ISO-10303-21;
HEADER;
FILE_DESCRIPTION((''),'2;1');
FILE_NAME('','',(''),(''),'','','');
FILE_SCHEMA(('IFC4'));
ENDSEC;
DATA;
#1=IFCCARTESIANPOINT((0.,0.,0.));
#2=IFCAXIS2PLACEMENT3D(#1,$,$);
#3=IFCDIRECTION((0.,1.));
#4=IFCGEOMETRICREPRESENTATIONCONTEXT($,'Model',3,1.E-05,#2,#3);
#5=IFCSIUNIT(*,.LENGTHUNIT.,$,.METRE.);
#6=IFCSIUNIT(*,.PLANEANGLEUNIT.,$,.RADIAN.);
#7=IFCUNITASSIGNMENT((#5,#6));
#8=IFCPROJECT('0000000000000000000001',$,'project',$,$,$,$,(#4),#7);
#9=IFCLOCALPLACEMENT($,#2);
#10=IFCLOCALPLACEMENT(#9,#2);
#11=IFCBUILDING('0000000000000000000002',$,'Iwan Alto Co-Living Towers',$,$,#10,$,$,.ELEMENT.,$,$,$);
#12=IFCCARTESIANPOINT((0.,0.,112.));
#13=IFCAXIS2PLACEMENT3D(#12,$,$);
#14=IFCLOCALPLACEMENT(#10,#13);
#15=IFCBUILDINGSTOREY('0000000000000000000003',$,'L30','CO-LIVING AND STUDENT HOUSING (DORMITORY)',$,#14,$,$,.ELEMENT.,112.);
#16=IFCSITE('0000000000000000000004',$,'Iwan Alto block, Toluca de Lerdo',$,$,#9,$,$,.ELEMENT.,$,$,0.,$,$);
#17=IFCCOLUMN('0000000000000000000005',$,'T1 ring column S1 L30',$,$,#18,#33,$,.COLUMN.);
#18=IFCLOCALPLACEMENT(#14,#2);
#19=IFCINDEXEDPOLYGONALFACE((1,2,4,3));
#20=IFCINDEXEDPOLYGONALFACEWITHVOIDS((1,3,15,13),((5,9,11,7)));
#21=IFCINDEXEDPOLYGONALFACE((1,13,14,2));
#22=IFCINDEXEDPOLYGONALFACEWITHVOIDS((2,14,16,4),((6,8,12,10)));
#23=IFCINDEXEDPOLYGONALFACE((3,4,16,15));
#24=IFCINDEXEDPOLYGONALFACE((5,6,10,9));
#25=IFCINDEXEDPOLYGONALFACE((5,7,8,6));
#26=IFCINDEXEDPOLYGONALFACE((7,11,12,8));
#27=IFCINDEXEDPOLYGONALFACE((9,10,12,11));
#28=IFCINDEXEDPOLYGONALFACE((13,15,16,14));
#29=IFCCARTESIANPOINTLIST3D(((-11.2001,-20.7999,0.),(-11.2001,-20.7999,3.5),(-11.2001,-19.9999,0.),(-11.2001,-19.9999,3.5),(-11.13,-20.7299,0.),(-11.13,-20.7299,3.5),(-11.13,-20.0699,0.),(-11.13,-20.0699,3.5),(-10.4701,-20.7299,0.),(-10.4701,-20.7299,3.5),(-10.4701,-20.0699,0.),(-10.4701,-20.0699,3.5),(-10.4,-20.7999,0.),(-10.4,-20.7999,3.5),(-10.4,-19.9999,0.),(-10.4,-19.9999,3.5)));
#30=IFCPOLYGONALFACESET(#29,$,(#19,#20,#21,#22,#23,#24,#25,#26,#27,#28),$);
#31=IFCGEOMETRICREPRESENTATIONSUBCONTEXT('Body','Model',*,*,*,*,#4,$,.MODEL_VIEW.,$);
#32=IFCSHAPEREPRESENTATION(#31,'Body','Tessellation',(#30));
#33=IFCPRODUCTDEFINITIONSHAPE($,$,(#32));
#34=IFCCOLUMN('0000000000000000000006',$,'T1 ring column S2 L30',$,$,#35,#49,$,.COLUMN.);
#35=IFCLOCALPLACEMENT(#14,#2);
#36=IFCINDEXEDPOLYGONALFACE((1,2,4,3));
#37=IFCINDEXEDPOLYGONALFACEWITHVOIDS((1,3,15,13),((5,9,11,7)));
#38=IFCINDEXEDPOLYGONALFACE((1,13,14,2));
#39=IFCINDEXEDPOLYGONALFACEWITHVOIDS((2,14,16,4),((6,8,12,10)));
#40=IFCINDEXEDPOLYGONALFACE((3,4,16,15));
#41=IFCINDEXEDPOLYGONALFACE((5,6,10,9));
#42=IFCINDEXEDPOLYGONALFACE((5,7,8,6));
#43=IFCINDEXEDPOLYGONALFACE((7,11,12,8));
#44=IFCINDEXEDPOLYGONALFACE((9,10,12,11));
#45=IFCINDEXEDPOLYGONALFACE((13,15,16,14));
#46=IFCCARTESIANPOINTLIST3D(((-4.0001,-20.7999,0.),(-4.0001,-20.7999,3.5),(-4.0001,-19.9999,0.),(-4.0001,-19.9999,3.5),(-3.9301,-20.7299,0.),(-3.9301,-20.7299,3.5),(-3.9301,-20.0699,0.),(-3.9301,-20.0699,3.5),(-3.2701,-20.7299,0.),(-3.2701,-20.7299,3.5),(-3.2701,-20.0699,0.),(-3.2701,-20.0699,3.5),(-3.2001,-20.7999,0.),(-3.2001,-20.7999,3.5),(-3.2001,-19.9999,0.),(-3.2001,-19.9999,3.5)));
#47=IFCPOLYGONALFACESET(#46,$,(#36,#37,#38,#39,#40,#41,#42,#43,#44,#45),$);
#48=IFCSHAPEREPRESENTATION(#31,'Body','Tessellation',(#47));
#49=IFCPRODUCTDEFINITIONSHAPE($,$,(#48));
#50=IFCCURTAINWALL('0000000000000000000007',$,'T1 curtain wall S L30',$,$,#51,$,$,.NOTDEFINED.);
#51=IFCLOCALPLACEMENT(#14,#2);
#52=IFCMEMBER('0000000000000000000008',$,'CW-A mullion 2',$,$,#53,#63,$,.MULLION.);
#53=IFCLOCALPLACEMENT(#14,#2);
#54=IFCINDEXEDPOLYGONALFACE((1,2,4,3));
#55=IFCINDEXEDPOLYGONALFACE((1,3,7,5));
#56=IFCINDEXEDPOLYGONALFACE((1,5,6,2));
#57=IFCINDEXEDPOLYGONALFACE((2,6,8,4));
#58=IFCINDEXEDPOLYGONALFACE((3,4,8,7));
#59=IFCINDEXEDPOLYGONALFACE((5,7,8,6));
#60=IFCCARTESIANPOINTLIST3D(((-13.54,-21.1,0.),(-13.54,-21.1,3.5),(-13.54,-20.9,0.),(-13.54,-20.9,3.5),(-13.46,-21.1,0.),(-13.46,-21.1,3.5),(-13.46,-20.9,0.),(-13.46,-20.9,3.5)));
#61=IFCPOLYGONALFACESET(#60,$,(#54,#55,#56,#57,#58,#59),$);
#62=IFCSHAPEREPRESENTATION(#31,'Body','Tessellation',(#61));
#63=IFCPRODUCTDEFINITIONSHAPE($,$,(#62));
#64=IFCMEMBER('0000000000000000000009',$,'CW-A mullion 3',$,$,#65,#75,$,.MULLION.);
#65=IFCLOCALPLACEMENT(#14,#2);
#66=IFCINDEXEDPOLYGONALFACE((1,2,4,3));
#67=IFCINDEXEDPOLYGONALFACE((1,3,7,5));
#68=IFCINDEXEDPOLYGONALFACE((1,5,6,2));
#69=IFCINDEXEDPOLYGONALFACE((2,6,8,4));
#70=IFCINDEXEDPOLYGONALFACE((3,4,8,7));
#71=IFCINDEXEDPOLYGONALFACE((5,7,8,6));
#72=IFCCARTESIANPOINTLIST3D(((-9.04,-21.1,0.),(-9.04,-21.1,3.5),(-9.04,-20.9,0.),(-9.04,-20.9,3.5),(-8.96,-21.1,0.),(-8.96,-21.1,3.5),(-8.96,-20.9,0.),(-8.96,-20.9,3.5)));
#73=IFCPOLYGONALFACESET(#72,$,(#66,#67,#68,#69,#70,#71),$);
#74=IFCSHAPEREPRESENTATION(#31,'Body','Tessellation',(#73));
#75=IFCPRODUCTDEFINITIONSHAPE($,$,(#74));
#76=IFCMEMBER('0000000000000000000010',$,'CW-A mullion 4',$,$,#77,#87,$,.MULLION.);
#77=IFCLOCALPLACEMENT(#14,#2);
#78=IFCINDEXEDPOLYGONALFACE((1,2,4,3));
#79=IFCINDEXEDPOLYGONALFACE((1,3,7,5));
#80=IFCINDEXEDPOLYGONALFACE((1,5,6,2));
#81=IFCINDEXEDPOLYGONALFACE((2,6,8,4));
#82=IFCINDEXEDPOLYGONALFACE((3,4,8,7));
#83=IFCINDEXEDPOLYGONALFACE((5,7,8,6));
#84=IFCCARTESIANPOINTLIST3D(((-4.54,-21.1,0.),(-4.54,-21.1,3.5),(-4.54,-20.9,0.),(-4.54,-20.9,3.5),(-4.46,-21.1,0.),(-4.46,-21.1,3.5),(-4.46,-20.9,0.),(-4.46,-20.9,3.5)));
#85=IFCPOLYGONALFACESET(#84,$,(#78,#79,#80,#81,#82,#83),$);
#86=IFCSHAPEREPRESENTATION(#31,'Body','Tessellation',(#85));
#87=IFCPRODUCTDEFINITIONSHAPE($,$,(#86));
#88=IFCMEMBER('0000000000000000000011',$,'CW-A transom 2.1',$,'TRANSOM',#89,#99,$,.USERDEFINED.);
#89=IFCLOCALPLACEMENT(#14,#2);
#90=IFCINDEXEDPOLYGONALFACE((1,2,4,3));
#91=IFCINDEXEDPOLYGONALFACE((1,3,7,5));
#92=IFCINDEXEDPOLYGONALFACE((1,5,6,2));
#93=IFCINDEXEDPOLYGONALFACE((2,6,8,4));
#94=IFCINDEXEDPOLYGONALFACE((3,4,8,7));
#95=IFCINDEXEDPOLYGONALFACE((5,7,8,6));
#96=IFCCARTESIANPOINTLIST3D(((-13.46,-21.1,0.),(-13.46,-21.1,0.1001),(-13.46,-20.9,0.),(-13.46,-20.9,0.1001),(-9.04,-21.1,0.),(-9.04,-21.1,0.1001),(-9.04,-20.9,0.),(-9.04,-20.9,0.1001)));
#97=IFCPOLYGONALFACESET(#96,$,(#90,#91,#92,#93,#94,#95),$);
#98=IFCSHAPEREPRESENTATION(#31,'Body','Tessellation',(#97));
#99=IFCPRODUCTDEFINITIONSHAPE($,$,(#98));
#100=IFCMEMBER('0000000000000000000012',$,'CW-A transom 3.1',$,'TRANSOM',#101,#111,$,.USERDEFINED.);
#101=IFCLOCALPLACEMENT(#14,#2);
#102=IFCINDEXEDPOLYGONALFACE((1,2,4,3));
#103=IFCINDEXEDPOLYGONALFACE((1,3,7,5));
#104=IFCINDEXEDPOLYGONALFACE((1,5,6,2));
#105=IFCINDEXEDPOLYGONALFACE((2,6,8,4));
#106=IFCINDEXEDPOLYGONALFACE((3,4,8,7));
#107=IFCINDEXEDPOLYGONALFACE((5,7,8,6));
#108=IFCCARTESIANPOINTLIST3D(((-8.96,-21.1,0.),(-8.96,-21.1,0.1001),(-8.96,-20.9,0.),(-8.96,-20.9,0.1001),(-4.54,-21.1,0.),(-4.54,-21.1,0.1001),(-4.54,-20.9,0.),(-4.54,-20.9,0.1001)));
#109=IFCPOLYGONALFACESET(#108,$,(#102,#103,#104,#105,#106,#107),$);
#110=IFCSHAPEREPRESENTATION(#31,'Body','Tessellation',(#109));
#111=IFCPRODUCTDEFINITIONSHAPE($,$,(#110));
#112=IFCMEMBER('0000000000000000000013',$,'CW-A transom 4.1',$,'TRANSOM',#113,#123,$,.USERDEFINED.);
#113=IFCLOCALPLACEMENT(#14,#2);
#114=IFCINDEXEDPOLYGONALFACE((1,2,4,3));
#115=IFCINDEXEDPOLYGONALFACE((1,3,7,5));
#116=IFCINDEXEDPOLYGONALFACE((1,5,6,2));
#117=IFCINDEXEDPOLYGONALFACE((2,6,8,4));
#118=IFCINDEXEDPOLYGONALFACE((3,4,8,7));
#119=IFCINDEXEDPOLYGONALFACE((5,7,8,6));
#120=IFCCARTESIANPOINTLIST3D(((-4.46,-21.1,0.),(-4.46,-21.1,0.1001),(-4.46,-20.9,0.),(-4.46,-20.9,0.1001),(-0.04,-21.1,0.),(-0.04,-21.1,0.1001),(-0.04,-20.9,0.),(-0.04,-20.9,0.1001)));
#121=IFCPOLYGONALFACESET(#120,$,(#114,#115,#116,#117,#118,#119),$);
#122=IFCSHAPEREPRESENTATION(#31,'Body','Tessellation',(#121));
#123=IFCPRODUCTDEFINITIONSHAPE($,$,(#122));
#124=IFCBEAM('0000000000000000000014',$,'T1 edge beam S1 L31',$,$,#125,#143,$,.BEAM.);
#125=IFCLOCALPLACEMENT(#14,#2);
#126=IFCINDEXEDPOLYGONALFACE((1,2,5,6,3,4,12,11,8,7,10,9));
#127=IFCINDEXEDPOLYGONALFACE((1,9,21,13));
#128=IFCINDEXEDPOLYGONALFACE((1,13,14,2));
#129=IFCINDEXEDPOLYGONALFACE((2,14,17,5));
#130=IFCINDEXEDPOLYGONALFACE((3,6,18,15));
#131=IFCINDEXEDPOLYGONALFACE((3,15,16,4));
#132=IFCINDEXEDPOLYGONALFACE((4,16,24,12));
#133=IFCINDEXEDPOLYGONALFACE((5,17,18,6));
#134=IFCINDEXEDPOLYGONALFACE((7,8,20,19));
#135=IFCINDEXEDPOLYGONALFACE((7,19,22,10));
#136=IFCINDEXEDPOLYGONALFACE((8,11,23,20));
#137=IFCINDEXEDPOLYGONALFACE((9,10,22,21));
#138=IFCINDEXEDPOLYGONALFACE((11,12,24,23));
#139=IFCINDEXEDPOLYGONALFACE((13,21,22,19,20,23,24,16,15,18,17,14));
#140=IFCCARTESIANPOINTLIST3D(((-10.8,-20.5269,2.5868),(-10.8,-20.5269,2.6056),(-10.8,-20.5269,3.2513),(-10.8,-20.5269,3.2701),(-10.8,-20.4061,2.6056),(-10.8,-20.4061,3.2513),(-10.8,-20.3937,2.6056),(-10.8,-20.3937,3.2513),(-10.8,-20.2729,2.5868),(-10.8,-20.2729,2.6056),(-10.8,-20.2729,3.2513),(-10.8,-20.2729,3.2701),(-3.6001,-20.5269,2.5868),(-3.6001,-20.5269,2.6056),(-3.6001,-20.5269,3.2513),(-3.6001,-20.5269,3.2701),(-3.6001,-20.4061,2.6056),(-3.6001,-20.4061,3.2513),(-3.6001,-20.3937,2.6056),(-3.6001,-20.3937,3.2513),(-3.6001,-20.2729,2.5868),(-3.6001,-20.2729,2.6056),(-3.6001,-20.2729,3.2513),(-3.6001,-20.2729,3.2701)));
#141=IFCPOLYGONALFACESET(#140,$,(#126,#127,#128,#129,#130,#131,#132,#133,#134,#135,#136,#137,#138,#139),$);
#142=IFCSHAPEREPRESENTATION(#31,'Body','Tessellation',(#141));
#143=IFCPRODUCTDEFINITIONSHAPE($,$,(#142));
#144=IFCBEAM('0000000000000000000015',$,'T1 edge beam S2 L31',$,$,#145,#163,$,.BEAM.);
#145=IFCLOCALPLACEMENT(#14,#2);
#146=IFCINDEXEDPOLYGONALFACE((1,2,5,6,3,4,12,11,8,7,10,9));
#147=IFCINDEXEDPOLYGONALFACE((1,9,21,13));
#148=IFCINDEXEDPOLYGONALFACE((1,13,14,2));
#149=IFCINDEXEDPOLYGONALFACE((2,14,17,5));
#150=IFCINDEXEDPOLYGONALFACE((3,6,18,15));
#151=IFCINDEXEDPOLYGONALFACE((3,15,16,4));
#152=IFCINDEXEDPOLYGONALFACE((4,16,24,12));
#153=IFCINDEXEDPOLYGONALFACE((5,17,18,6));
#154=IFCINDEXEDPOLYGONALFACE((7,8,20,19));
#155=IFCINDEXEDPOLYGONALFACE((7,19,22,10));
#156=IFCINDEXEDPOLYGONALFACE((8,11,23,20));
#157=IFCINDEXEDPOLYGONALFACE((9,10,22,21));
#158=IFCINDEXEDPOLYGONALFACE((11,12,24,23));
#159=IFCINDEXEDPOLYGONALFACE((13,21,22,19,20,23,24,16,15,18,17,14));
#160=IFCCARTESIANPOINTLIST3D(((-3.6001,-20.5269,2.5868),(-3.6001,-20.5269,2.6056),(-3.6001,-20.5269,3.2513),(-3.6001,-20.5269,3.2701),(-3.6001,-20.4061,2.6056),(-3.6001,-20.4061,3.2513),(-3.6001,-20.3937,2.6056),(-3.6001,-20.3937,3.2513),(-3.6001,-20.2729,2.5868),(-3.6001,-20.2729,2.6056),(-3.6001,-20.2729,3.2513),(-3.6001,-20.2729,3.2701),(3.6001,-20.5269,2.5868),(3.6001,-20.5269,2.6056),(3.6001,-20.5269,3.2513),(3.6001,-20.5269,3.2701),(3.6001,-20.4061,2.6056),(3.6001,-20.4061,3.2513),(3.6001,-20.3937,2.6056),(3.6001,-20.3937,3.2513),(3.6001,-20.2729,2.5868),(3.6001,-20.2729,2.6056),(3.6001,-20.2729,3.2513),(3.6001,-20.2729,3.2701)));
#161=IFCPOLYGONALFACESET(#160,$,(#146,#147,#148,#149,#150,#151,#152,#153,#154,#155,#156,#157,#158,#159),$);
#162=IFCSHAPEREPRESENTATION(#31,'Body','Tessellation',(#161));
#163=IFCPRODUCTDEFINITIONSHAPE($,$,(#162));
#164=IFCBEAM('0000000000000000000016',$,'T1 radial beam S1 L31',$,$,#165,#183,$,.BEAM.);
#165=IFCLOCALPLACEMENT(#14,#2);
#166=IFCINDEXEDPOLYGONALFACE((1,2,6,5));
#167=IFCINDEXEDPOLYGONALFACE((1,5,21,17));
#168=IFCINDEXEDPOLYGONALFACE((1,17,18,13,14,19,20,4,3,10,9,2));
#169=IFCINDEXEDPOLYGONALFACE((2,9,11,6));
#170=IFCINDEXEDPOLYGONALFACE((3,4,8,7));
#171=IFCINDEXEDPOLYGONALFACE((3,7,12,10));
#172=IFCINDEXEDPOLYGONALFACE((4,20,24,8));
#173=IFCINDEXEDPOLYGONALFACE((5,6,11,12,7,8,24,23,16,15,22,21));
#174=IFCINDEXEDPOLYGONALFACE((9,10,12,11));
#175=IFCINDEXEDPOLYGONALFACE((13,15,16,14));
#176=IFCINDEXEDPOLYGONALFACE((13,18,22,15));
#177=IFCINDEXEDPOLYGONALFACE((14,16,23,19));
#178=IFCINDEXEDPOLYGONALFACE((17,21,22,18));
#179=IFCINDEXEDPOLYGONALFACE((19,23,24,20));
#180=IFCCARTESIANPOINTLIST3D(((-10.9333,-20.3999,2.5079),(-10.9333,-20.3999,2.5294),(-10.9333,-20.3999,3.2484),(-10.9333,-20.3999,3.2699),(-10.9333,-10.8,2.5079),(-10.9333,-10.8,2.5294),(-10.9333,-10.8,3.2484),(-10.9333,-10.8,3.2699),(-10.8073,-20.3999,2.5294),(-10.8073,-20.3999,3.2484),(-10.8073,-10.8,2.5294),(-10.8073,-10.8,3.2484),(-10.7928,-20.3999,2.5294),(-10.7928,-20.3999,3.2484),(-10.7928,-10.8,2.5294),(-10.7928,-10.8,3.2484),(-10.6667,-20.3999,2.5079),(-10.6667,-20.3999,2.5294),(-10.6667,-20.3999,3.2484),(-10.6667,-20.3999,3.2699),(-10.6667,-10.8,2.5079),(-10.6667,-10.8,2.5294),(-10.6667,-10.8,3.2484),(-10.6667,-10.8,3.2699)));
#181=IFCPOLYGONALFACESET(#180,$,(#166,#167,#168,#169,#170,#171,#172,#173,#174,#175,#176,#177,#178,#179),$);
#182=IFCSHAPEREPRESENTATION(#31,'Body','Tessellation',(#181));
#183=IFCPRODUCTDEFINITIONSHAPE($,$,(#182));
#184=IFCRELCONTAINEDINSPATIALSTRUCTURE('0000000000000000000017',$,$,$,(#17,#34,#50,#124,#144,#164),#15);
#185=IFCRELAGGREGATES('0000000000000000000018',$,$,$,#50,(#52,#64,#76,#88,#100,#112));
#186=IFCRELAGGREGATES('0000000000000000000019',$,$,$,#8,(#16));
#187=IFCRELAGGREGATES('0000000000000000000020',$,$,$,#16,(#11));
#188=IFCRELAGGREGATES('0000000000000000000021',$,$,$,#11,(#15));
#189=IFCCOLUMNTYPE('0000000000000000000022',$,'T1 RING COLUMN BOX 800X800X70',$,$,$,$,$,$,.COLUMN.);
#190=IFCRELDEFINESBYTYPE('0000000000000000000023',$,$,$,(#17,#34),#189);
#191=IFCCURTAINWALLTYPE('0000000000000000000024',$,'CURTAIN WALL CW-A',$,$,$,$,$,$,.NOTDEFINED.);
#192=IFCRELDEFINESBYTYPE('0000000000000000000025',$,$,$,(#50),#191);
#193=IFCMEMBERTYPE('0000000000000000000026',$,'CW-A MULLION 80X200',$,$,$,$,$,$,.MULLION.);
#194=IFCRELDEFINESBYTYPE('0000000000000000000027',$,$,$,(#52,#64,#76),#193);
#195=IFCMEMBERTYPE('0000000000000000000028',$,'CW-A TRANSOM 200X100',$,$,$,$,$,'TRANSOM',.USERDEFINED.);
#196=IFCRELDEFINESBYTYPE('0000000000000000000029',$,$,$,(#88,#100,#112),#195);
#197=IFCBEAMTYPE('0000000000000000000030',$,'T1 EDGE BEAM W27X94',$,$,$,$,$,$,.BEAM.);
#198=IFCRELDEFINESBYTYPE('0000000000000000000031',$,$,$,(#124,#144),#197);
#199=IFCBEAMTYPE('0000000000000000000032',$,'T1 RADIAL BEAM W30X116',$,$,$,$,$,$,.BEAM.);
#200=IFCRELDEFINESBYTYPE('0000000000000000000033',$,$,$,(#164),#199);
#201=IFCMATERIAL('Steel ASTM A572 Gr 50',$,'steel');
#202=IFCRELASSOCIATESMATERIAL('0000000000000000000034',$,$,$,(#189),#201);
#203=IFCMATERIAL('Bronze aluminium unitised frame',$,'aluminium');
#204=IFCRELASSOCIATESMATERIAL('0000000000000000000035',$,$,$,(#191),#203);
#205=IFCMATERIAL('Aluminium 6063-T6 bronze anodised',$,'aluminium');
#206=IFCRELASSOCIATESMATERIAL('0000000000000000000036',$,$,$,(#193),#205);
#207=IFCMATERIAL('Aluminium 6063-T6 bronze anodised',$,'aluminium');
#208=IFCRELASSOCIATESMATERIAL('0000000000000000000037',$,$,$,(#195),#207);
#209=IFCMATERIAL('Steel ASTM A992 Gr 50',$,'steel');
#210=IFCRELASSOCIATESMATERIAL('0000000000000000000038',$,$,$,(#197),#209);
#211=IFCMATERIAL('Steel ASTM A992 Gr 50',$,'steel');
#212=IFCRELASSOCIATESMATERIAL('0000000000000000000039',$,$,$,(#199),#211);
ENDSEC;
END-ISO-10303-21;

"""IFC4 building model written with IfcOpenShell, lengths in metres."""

from ifc_helpers import new_model, si_unit, direction, frame, origin, origin_2d, place, context, subcontext, project, spatial, rectangle, hollow_rectangle, i_section, extrude, material, material_profile, profile_set, type_object, element, aggregate, save


model = new_model("IFC4")

# Units and contexts
model_context = context("Model", 3, precision=1e-05, world=origin(), true_north=direction((0.0, 1.0)))
body_context = subcontext(model_context, "Body", "Model", "MODEL_VIEW")
ifc_project = project(units=[si_unit("LENGTHUNIT", "METRE"), si_unit("PLANEANGLEUNIT", "RADIAN")], contexts=[model_context])

# Site, building, storey
site_placement = place(None, origin())
site = spatial("IfcSite", under=ifc_project, at=site_placement, Name="Iwan Alto block, Toluca de Lerdo", CompositionType="ELEMENT", RefElevation=0.0)
building_placement = place(site_placement, origin())
building = spatial("IfcBuilding", under=site, at=building_placement, Name="Iwan Alto Co-Living Towers", CompositionType="ELEMENT")
storey_placement = place(building_placement, frame((0.0, 0.0, 112.0)))
storey = spatial("IfcBuildingStorey", under=building, at=storey_placement, Name="L30", Description="CO-LIVING AND STUDENT HOUSING (DORMITORY)", CompositionType="ELEMENT", Elevation=112.0)

# Columns
ifc_material_1 = material(Name="Steel ASTM A572 Gr 50", Category="steel")
ifc_material_profile_1 = material_profile(ifc_material_1, hollow_rectangle(XDim=0.8, YDim=0.8, WallThickness=0.0701, at=origin_2d()), Name="BOX 800X800X70")
ifc_profile_set_1 = profile_set([ifc_material_profile_1], Name="Steel ASTM A572 Gr 50")
column_type = type_object("IfcColumnType", Name="T1 RING COLUMN BOX 800X800X70", PredefinedType="COLUMN", material=ifc_profile_set_1)
for number, where, z_axis, x_axis, name in (
    (1, (-10.8, -20.3999, 0.0), (0.0, 0.0, 1.0), (1.0, 0.0, 0.0), "T1 ring column S1 L30"),
    (2, (-3.6001, -20.3999, 0.0), (0.0, 0.0, 1.0), (1.0, 0.0, 0.0), "T1 ring column S2 L30"),
):
    element("IfcColumn", number, at=place(storey_placement, frame(where, z_axis=z_axis, x_axis=x_axis)), inside=storey, type_object=column_type, Name=name, PredefinedType="COLUMN", context=body_context, shape_type="SweptSolid", body=[
        extrude(hollow_rectangle(XDim=0.8, YDim=0.8, WallThickness=0.0701, at=origin_2d()), origin(), (0.0, 0.0, 1.0), 3.5),
    ])

# Curtain wall, members
ifc_material_2 = material(Name="Bronze aluminium unitised frame", Category="aluminium")
curtain_wall_type = type_object("IfcCurtainWallType", Name="CURTAIN WALL CW-A", PredefinedType="NOTDEFINED", material=ifc_material_2)
curtain_wall_placement = place(storey_placement, origin())
curtain_wall = element("IfcCurtainWall", 3, at=curtain_wall_placement, inside=storey, type_object=curtain_wall_type, Name="T1 curtain wall S L30", PredefinedType="NOTDEFINED")
ifc_material_3 = material(Name="Aluminium 6063-T6 bronze anodised", Category="aluminium")
ifc_material_profile_2 = material_profile(ifc_material_3, rectangle(XDim=0.2, YDim=0.0801, at=origin_2d()), Name="AL 80X200")
ifc_profile_set_2 = profile_set([ifc_material_profile_2], Name="Aluminium 6063-T6 bronze anodised")
member_type_1 = type_object("IfcMemberType", Name="CW-A MULLION 80X200", PredefinedType="MULLION", material=ifc_profile_set_2)
member_1_placement = place(storey_placement, frame((-13.5, -21.0, 0.0), z_axis=(0.0, 0.0, 1.0), x_axis=(0.0, 1.0, 0.0)))
member_1 = element("IfcMember", 4, at=member_1_placement, type_object=member_type_1, Name="CW-A mullion 2", PredefinedType="MULLION", context=body_context, shape_type="SweptSolid", body=[
    extrude(rectangle(XDim=0.2, YDim=0.0801, at=origin_2d()), origin(), (0.0, 0.0, 1.0), 3.5),
])
member_2_placement = place(storey_placement, frame((-9.0, -21.0, 0.0), z_axis=(0.0, 0.0, 1.0), x_axis=(0.0, 1.0, 0.0)))
member_2 = element("IfcMember", 5, at=member_2_placement, type_object=member_type_1, Name="CW-A mullion 3", PredefinedType="MULLION", context=body_context, shape_type="SweptSolid", body=[
    extrude(rectangle(XDim=0.2, YDim=0.0801, at=origin_2d()), origin(), (0.0, 0.0, 1.0), 3.5),
])
member_3_placement = place(storey_placement, frame((-4.5, -21.0, 0.0), z_axis=(0.0, 0.0, 1.0), x_axis=(0.0, 1.0, 0.0)))
member_3 = element("IfcMember", 6, at=member_3_placement, type_object=member_type_1, Name="CW-A mullion 4", PredefinedType="MULLION", context=body_context, shape_type="SweptSolid", body=[
    extrude(rectangle(XDim=0.2, YDim=0.0801, at=origin_2d()), origin(), (0.0, 0.0, 1.0), 3.5),
])
ifc_material_4 = material(Name="Aluminium 6063-T6 bronze anodised", Category="aluminium")
ifc_material_profile_3 = material_profile(ifc_material_4, rectangle(XDim=0.2, YDim=0.1001, at=origin_2d()), Name="AL 200X100")
ifc_profile_set_3 = profile_set([ifc_material_profile_3], Name="Aluminium 6063-T6 bronze anodised")
member_type_2 = type_object("IfcMemberType", Name="CW-A TRANSOM 200X100", ElementType="TRANSOM", PredefinedType="USERDEFINED", material=ifc_profile_set_3)
member_4_placement = place(storey_placement, frame((-13.46, -21.0, 0.05), z_axis=(1.0, 0.0, 0.0), x_axis=(0.0, 1.0, 0.0)))
member_4 = element("IfcMember", 7, at=member_4_placement, type_object=member_type_2, Name="CW-A transom 2.1", ObjectType="TRANSOM", PredefinedType="USERDEFINED", context=body_context, shape_type="SweptSolid", body=[
    extrude(rectangle(XDim=0.2, YDim=0.1001, at=origin_2d()), origin(), (0.0, 0.0, 1.0), 4.4199),
])
member_5_placement = place(storey_placement, frame((-8.96, -21.0, 0.05), z_axis=(1.0, 0.0, 0.0), x_axis=(0.0, 1.0, 0.0)))
member_5 = element("IfcMember", 8, at=member_5_placement, type_object=member_type_2, Name="CW-A transom 3.1", ObjectType="TRANSOM", PredefinedType="USERDEFINED", context=body_context, shape_type="SweptSolid", body=[
    extrude(rectangle(XDim=0.2, YDim=0.1001, at=origin_2d()), origin(), (0.0, 0.0, 1.0), 4.4199),
])
member_6_placement = place(storey_placement, frame((-4.46, -21.0, 0.05), z_axis=(1.0, 0.0, 0.0), x_axis=(0.0, 1.0, 0.0)))
member_6 = element("IfcMember", 9, at=member_6_placement, type_object=member_type_2, Name="CW-A transom 4.1", ObjectType="TRANSOM", PredefinedType="USERDEFINED", context=body_context, shape_type="SweptSolid", body=[
    extrude(rectangle(XDim=0.2, YDim=0.1001, at=origin_2d()), origin(), (0.0, 0.0, 1.0), 4.4199),
])

# Beams
ifc_material_5 = material(Name="Steel ASTM A992 Gr 50", Category="steel")
ifc_material_profile_4 = material_profile(ifc_material_5, i_section(OverallWidth=0.2539, OverallDepth=0.6833, WebThickness=0.0125, FlangeThickness=0.0188, at=origin_2d()), Name="W27X94")
ifc_profile_set_4 = profile_set([ifc_material_profile_4], Name="Steel ASTM A992 Gr 50")
beam_type_1 = type_object("IfcBeamType", Name="T1 EDGE BEAM W27X94", PredefinedType="BEAM", material=ifc_profile_set_4)
beam_1_placement = place(storey_placement, frame((-10.8, -20.3999, 2.9285), z_axis=(1.0, 0.0, 0.0), x_axis=(0.0, 1.0, 0.0)))
element("IfcBeam", 10, at=beam_1_placement, inside=storey, type_object=beam_type_1, Name="T1 edge beam S1 L31", PredefinedType="BEAM", context=body_context, shape_type="SweptSolid", body=[
    extrude(i_section(OverallWidth=0.2539, OverallDepth=0.6833, WebThickness=0.0125, FlangeThickness=0.0188, at=origin_2d()), origin(), (0.0, 0.0, 1.0), 7.2),
])
beam_2_placement = place(storey_placement, frame((-3.6001, -20.3999, 2.9285), z_axis=(1.0, 0.0, 0.0), x_axis=(0.0, 1.0, 0.0)))
element("IfcBeam", 11, at=beam_2_placement, inside=storey, type_object=beam_type_1, Name="T1 edge beam S2 L31", PredefinedType="BEAM", context=body_context, shape_type="SweptSolid", body=[
    extrude(i_section(OverallWidth=0.2539, OverallDepth=0.6833, WebThickness=0.0125, FlangeThickness=0.0188, at=origin_2d()), origin(), (0.0, 0.0, 1.0), 7.2002),
])
ifc_material_6 = material(Name="Steel ASTM A992 Gr 50", Category="steel")
ifc_material_profile_5 = material_profile(ifc_material_6, i_section(OverallWidth=0.2666, OverallDepth=0.762, WebThickness=0.0144, FlangeThickness=0.0215, at=origin_2d()), Name="W30X116")
ifc_profile_set_5 = profile_set([ifc_material_profile_5], Name="Steel ASTM A992 Gr 50")
beam_type_2 = type_object("IfcBeamType", Name="T1 RADIAL BEAM W30X116", PredefinedType="BEAM", material=ifc_profile_set_5)
beam_3_placement = place(storey_placement, frame((-10.8, -20.3999, 2.8889), z_axis=(0.0, 1.0, 0.0), x_axis=(-1.0, 0.0, 0.0)))
element("IfcBeam", 12, at=beam_3_placement, inside=storey, type_object=beam_type_2, Name="T1 radial beam S1 L31", PredefinedType="BEAM", context=body_context, shape_type="SweptSolid", body=[
    extrude(i_section(OverallWidth=0.2666, OverallDepth=0.762, WebThickness=0.0144, FlangeThickness=0.0215, at=origin_2d()), origin(), (0.0, 0.0, 1.0), 9.5999),
])

aggregate(curtain_wall, [member_1, member_2, member_3, member_4, member_5, member_6])

save(model, "model.ifc")
